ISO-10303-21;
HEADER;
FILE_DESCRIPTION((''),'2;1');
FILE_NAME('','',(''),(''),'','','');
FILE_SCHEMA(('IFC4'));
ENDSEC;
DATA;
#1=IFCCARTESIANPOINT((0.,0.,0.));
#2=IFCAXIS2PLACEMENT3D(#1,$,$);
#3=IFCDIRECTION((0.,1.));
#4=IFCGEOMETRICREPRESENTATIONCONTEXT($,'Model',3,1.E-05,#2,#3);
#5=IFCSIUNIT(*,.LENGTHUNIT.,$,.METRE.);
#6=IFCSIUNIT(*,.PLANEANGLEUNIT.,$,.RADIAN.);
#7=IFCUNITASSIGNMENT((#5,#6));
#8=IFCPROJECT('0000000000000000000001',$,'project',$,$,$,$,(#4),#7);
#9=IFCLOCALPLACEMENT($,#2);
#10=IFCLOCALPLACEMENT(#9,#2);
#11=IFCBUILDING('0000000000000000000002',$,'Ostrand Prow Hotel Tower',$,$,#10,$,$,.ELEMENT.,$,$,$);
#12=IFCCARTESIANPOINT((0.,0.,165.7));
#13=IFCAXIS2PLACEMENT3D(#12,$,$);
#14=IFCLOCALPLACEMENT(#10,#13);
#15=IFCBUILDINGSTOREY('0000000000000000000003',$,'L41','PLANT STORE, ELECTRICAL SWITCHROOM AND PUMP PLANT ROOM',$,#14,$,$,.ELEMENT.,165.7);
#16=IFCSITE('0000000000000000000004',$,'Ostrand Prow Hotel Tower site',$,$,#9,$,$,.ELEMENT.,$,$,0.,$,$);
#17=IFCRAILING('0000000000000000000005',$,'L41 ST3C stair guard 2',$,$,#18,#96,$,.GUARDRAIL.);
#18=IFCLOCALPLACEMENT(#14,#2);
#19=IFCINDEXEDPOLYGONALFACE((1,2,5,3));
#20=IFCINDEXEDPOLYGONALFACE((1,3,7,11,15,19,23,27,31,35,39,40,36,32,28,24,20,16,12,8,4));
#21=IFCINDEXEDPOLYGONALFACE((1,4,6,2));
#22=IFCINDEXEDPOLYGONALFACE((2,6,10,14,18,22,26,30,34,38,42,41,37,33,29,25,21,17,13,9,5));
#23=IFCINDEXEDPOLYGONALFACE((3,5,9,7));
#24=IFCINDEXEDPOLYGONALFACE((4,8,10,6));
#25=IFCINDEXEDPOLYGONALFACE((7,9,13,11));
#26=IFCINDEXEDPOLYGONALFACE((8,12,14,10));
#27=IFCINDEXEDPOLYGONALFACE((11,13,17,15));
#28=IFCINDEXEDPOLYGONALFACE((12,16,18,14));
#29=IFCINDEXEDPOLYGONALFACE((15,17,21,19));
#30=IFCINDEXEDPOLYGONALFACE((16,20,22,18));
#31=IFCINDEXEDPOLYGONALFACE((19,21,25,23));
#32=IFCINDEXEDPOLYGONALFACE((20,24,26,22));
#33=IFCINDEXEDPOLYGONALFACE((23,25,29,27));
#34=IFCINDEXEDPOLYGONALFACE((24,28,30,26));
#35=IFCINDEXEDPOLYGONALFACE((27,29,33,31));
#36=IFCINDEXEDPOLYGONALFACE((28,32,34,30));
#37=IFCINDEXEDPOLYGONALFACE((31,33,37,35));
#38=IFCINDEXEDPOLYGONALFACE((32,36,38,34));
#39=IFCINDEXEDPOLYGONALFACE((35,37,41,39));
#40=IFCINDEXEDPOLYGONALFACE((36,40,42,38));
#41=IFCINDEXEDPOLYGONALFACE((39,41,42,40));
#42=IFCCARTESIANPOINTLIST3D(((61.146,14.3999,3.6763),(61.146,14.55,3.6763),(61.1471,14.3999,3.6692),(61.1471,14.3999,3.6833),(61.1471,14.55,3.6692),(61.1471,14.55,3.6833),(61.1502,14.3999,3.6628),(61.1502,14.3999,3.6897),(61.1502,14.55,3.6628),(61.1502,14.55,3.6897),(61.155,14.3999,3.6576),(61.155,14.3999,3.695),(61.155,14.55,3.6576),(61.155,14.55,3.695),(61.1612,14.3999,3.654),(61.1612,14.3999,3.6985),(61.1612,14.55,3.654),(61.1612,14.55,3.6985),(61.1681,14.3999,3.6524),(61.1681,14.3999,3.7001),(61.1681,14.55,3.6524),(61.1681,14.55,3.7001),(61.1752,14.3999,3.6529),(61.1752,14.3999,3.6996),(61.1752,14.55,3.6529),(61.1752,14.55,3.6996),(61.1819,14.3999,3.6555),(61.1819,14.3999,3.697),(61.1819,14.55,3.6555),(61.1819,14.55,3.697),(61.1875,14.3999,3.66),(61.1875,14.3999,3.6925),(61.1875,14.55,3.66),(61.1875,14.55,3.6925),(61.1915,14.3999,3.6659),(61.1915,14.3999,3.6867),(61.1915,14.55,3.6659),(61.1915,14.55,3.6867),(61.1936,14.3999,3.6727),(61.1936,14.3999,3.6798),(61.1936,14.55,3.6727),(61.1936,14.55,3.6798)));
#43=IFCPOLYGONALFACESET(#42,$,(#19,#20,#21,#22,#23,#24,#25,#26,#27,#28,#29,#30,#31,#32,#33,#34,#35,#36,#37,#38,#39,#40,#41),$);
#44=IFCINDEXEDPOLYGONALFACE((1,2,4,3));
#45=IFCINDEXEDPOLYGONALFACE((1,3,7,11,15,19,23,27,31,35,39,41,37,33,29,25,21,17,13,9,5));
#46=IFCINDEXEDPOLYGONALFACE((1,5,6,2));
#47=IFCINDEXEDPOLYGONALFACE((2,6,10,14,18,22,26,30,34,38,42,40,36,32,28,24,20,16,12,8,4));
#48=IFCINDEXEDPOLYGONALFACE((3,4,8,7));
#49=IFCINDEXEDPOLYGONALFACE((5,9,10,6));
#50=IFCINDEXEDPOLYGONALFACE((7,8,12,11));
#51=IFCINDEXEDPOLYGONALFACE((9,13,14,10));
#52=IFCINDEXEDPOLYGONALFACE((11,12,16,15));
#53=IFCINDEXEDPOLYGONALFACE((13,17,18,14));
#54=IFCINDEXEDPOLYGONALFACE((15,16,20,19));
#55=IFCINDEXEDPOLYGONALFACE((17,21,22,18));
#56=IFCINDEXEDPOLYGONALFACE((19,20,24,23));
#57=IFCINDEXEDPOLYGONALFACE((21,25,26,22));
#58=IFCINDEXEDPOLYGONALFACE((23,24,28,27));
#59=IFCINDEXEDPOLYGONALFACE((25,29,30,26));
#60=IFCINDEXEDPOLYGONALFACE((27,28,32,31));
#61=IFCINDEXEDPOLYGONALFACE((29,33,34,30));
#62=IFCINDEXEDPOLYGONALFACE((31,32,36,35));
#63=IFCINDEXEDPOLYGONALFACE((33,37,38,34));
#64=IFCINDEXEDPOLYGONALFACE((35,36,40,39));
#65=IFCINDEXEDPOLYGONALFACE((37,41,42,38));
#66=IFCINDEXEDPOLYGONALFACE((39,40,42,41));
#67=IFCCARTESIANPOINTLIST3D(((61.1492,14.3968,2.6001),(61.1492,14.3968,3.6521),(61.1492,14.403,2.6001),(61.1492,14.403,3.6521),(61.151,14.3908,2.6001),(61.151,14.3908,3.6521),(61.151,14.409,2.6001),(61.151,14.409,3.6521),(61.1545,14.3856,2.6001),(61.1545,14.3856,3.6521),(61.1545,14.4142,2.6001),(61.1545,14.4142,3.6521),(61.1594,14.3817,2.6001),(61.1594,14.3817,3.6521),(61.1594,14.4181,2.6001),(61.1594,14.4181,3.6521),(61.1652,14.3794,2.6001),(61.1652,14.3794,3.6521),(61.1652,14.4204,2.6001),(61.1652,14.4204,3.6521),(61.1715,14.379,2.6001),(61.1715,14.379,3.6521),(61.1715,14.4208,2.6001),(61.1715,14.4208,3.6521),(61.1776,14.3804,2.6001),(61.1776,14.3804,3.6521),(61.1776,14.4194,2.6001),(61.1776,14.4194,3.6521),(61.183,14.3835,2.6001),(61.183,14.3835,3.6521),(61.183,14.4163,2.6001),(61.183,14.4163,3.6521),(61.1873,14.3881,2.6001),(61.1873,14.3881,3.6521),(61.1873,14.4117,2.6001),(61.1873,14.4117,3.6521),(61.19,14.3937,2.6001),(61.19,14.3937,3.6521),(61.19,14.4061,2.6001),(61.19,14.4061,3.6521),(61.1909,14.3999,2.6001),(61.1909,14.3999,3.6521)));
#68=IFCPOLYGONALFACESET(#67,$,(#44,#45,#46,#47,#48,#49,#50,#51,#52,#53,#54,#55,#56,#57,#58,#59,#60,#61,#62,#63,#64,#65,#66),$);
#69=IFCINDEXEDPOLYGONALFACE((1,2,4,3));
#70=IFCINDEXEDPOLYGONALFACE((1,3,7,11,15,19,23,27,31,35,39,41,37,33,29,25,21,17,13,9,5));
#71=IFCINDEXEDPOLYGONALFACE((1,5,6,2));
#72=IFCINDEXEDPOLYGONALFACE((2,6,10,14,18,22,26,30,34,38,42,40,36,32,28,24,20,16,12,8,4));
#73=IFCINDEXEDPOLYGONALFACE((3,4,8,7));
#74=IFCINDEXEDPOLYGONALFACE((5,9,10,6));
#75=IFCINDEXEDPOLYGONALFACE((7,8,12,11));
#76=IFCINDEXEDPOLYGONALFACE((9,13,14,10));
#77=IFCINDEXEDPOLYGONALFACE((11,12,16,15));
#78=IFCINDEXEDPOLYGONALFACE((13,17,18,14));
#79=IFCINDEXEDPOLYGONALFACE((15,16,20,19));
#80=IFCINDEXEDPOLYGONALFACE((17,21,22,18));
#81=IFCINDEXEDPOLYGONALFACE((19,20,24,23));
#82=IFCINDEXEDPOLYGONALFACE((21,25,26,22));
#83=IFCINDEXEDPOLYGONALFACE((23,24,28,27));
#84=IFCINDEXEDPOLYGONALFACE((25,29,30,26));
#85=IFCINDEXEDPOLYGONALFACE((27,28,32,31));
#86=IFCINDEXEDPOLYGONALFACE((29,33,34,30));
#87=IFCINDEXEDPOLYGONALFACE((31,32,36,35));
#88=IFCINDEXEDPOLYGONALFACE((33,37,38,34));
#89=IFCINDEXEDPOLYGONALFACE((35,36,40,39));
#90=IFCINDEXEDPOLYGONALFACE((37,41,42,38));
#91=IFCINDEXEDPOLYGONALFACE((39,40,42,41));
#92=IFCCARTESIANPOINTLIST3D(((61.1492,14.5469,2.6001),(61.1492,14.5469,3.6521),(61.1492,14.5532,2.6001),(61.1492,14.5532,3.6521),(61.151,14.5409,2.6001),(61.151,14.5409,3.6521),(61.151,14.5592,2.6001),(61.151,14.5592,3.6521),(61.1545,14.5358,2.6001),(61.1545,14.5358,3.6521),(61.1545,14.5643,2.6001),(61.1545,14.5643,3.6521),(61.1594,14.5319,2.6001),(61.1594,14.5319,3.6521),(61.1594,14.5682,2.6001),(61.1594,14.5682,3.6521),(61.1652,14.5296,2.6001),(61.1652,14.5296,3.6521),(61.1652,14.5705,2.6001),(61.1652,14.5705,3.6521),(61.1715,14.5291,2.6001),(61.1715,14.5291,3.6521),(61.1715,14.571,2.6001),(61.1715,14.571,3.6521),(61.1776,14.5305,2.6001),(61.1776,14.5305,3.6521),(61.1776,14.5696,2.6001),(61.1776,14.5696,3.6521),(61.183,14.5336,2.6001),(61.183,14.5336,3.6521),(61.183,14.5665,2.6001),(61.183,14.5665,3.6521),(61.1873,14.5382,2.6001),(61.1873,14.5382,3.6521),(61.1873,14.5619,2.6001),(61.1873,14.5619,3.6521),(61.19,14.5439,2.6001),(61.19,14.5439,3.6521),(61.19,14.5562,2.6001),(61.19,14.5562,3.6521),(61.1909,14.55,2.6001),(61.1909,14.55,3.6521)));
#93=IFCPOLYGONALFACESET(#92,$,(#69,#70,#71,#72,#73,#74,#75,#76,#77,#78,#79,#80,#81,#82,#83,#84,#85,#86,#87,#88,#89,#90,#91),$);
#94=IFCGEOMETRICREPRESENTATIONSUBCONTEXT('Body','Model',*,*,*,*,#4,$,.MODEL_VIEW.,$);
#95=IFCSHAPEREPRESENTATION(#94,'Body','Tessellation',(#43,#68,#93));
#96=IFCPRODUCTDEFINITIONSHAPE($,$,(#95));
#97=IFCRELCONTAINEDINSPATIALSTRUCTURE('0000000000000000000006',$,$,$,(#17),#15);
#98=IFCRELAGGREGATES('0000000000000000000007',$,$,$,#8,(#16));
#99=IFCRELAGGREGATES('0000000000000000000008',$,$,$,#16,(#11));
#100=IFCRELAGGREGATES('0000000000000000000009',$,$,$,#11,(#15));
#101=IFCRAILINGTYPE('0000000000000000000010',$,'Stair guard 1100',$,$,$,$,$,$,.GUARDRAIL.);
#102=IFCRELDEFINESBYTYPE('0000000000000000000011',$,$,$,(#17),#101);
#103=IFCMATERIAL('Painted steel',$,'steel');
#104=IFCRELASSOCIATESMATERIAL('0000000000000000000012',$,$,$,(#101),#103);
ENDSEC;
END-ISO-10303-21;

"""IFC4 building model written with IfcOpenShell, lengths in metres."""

from ifc_helpers import new_model, si_unit, direction, frame, origin, origin_2d, place, context, subcontext, project, spatial, circle, extrude, material, type_object, element, save


model = new_model("IFC4")

# Units and contexts
model_context = context("Model", 3, precision=1e-05, world=origin(), true_north=direction((0.0, 1.0)))
body_context = subcontext(model_context, "Body", "Model", "MODEL_VIEW")
ifc_project = project(units=[si_unit("LENGTHUNIT", "METRE"), si_unit("PLANEANGLEUNIT", "RADIAN")], contexts=[model_context])

# Site, building, storey
site_placement = place(None, origin())
site = spatial("IfcSite", under=ifc_project, at=site_placement, Name="Ostrand Prow Hotel Tower site", CompositionType="ELEMENT", RefElevation=0.0)
building_placement = place(site_placement, origin())
building = spatial("IfcBuilding", under=site, at=building_placement, Name="Ostrand Prow Hotel Tower", CompositionType="ELEMENT")
storey_placement = place(building_placement, frame((0.0, 0.0, 165.7)))
storey = spatial("IfcBuildingStorey", under=building, at=storey_placement, Name="L41", Description="PLANT STORE, ELECTRICAL SWITCHROOM AND PUMP PLANT ROOM", CompositionType="ELEMENT", Elevation=165.7)

# Railing
ifc_material_1 = material(Name="Painted steel", Category="steel")
railing_type_1 = type_object("IfcRailingType", Name="Stair guard 1100", PredefinedType="GUARDRAIL", material=ifc_material_1)
railing_1_placement = place(storey_placement, frame((61.1699, 14.3999, 2.6001)))
element("IfcRailing", 1, at=railing_1_placement, inside=storey, type_object=railing_type_1, Name="L41 ST3C stair guard 2", PredefinedType="GUARDRAIL", context=body_context, shape_type="SweptSolid", body=[
    extrude(circle(Radius=0.0239, at=origin_2d()), frame((0.0, 0.0, 1.0762), z_axis=(0.0, 1.0, 0.0), x_axis=(-1.0, 0.0, 0.0)), (0.0, 0.0, 1.0), 0.1501),
    extrude(circle(Radius=0.021, at=origin_2d()), origin(), (0.0, 0.0, 1.0), 1.052),
    extrude(circle(Radius=0.021, at=origin_2d()), frame((0.0, 0.1501, 0.0)), (0.0, 0.0, 1.0), 1.052),
])

save(model, "model.ifc")
